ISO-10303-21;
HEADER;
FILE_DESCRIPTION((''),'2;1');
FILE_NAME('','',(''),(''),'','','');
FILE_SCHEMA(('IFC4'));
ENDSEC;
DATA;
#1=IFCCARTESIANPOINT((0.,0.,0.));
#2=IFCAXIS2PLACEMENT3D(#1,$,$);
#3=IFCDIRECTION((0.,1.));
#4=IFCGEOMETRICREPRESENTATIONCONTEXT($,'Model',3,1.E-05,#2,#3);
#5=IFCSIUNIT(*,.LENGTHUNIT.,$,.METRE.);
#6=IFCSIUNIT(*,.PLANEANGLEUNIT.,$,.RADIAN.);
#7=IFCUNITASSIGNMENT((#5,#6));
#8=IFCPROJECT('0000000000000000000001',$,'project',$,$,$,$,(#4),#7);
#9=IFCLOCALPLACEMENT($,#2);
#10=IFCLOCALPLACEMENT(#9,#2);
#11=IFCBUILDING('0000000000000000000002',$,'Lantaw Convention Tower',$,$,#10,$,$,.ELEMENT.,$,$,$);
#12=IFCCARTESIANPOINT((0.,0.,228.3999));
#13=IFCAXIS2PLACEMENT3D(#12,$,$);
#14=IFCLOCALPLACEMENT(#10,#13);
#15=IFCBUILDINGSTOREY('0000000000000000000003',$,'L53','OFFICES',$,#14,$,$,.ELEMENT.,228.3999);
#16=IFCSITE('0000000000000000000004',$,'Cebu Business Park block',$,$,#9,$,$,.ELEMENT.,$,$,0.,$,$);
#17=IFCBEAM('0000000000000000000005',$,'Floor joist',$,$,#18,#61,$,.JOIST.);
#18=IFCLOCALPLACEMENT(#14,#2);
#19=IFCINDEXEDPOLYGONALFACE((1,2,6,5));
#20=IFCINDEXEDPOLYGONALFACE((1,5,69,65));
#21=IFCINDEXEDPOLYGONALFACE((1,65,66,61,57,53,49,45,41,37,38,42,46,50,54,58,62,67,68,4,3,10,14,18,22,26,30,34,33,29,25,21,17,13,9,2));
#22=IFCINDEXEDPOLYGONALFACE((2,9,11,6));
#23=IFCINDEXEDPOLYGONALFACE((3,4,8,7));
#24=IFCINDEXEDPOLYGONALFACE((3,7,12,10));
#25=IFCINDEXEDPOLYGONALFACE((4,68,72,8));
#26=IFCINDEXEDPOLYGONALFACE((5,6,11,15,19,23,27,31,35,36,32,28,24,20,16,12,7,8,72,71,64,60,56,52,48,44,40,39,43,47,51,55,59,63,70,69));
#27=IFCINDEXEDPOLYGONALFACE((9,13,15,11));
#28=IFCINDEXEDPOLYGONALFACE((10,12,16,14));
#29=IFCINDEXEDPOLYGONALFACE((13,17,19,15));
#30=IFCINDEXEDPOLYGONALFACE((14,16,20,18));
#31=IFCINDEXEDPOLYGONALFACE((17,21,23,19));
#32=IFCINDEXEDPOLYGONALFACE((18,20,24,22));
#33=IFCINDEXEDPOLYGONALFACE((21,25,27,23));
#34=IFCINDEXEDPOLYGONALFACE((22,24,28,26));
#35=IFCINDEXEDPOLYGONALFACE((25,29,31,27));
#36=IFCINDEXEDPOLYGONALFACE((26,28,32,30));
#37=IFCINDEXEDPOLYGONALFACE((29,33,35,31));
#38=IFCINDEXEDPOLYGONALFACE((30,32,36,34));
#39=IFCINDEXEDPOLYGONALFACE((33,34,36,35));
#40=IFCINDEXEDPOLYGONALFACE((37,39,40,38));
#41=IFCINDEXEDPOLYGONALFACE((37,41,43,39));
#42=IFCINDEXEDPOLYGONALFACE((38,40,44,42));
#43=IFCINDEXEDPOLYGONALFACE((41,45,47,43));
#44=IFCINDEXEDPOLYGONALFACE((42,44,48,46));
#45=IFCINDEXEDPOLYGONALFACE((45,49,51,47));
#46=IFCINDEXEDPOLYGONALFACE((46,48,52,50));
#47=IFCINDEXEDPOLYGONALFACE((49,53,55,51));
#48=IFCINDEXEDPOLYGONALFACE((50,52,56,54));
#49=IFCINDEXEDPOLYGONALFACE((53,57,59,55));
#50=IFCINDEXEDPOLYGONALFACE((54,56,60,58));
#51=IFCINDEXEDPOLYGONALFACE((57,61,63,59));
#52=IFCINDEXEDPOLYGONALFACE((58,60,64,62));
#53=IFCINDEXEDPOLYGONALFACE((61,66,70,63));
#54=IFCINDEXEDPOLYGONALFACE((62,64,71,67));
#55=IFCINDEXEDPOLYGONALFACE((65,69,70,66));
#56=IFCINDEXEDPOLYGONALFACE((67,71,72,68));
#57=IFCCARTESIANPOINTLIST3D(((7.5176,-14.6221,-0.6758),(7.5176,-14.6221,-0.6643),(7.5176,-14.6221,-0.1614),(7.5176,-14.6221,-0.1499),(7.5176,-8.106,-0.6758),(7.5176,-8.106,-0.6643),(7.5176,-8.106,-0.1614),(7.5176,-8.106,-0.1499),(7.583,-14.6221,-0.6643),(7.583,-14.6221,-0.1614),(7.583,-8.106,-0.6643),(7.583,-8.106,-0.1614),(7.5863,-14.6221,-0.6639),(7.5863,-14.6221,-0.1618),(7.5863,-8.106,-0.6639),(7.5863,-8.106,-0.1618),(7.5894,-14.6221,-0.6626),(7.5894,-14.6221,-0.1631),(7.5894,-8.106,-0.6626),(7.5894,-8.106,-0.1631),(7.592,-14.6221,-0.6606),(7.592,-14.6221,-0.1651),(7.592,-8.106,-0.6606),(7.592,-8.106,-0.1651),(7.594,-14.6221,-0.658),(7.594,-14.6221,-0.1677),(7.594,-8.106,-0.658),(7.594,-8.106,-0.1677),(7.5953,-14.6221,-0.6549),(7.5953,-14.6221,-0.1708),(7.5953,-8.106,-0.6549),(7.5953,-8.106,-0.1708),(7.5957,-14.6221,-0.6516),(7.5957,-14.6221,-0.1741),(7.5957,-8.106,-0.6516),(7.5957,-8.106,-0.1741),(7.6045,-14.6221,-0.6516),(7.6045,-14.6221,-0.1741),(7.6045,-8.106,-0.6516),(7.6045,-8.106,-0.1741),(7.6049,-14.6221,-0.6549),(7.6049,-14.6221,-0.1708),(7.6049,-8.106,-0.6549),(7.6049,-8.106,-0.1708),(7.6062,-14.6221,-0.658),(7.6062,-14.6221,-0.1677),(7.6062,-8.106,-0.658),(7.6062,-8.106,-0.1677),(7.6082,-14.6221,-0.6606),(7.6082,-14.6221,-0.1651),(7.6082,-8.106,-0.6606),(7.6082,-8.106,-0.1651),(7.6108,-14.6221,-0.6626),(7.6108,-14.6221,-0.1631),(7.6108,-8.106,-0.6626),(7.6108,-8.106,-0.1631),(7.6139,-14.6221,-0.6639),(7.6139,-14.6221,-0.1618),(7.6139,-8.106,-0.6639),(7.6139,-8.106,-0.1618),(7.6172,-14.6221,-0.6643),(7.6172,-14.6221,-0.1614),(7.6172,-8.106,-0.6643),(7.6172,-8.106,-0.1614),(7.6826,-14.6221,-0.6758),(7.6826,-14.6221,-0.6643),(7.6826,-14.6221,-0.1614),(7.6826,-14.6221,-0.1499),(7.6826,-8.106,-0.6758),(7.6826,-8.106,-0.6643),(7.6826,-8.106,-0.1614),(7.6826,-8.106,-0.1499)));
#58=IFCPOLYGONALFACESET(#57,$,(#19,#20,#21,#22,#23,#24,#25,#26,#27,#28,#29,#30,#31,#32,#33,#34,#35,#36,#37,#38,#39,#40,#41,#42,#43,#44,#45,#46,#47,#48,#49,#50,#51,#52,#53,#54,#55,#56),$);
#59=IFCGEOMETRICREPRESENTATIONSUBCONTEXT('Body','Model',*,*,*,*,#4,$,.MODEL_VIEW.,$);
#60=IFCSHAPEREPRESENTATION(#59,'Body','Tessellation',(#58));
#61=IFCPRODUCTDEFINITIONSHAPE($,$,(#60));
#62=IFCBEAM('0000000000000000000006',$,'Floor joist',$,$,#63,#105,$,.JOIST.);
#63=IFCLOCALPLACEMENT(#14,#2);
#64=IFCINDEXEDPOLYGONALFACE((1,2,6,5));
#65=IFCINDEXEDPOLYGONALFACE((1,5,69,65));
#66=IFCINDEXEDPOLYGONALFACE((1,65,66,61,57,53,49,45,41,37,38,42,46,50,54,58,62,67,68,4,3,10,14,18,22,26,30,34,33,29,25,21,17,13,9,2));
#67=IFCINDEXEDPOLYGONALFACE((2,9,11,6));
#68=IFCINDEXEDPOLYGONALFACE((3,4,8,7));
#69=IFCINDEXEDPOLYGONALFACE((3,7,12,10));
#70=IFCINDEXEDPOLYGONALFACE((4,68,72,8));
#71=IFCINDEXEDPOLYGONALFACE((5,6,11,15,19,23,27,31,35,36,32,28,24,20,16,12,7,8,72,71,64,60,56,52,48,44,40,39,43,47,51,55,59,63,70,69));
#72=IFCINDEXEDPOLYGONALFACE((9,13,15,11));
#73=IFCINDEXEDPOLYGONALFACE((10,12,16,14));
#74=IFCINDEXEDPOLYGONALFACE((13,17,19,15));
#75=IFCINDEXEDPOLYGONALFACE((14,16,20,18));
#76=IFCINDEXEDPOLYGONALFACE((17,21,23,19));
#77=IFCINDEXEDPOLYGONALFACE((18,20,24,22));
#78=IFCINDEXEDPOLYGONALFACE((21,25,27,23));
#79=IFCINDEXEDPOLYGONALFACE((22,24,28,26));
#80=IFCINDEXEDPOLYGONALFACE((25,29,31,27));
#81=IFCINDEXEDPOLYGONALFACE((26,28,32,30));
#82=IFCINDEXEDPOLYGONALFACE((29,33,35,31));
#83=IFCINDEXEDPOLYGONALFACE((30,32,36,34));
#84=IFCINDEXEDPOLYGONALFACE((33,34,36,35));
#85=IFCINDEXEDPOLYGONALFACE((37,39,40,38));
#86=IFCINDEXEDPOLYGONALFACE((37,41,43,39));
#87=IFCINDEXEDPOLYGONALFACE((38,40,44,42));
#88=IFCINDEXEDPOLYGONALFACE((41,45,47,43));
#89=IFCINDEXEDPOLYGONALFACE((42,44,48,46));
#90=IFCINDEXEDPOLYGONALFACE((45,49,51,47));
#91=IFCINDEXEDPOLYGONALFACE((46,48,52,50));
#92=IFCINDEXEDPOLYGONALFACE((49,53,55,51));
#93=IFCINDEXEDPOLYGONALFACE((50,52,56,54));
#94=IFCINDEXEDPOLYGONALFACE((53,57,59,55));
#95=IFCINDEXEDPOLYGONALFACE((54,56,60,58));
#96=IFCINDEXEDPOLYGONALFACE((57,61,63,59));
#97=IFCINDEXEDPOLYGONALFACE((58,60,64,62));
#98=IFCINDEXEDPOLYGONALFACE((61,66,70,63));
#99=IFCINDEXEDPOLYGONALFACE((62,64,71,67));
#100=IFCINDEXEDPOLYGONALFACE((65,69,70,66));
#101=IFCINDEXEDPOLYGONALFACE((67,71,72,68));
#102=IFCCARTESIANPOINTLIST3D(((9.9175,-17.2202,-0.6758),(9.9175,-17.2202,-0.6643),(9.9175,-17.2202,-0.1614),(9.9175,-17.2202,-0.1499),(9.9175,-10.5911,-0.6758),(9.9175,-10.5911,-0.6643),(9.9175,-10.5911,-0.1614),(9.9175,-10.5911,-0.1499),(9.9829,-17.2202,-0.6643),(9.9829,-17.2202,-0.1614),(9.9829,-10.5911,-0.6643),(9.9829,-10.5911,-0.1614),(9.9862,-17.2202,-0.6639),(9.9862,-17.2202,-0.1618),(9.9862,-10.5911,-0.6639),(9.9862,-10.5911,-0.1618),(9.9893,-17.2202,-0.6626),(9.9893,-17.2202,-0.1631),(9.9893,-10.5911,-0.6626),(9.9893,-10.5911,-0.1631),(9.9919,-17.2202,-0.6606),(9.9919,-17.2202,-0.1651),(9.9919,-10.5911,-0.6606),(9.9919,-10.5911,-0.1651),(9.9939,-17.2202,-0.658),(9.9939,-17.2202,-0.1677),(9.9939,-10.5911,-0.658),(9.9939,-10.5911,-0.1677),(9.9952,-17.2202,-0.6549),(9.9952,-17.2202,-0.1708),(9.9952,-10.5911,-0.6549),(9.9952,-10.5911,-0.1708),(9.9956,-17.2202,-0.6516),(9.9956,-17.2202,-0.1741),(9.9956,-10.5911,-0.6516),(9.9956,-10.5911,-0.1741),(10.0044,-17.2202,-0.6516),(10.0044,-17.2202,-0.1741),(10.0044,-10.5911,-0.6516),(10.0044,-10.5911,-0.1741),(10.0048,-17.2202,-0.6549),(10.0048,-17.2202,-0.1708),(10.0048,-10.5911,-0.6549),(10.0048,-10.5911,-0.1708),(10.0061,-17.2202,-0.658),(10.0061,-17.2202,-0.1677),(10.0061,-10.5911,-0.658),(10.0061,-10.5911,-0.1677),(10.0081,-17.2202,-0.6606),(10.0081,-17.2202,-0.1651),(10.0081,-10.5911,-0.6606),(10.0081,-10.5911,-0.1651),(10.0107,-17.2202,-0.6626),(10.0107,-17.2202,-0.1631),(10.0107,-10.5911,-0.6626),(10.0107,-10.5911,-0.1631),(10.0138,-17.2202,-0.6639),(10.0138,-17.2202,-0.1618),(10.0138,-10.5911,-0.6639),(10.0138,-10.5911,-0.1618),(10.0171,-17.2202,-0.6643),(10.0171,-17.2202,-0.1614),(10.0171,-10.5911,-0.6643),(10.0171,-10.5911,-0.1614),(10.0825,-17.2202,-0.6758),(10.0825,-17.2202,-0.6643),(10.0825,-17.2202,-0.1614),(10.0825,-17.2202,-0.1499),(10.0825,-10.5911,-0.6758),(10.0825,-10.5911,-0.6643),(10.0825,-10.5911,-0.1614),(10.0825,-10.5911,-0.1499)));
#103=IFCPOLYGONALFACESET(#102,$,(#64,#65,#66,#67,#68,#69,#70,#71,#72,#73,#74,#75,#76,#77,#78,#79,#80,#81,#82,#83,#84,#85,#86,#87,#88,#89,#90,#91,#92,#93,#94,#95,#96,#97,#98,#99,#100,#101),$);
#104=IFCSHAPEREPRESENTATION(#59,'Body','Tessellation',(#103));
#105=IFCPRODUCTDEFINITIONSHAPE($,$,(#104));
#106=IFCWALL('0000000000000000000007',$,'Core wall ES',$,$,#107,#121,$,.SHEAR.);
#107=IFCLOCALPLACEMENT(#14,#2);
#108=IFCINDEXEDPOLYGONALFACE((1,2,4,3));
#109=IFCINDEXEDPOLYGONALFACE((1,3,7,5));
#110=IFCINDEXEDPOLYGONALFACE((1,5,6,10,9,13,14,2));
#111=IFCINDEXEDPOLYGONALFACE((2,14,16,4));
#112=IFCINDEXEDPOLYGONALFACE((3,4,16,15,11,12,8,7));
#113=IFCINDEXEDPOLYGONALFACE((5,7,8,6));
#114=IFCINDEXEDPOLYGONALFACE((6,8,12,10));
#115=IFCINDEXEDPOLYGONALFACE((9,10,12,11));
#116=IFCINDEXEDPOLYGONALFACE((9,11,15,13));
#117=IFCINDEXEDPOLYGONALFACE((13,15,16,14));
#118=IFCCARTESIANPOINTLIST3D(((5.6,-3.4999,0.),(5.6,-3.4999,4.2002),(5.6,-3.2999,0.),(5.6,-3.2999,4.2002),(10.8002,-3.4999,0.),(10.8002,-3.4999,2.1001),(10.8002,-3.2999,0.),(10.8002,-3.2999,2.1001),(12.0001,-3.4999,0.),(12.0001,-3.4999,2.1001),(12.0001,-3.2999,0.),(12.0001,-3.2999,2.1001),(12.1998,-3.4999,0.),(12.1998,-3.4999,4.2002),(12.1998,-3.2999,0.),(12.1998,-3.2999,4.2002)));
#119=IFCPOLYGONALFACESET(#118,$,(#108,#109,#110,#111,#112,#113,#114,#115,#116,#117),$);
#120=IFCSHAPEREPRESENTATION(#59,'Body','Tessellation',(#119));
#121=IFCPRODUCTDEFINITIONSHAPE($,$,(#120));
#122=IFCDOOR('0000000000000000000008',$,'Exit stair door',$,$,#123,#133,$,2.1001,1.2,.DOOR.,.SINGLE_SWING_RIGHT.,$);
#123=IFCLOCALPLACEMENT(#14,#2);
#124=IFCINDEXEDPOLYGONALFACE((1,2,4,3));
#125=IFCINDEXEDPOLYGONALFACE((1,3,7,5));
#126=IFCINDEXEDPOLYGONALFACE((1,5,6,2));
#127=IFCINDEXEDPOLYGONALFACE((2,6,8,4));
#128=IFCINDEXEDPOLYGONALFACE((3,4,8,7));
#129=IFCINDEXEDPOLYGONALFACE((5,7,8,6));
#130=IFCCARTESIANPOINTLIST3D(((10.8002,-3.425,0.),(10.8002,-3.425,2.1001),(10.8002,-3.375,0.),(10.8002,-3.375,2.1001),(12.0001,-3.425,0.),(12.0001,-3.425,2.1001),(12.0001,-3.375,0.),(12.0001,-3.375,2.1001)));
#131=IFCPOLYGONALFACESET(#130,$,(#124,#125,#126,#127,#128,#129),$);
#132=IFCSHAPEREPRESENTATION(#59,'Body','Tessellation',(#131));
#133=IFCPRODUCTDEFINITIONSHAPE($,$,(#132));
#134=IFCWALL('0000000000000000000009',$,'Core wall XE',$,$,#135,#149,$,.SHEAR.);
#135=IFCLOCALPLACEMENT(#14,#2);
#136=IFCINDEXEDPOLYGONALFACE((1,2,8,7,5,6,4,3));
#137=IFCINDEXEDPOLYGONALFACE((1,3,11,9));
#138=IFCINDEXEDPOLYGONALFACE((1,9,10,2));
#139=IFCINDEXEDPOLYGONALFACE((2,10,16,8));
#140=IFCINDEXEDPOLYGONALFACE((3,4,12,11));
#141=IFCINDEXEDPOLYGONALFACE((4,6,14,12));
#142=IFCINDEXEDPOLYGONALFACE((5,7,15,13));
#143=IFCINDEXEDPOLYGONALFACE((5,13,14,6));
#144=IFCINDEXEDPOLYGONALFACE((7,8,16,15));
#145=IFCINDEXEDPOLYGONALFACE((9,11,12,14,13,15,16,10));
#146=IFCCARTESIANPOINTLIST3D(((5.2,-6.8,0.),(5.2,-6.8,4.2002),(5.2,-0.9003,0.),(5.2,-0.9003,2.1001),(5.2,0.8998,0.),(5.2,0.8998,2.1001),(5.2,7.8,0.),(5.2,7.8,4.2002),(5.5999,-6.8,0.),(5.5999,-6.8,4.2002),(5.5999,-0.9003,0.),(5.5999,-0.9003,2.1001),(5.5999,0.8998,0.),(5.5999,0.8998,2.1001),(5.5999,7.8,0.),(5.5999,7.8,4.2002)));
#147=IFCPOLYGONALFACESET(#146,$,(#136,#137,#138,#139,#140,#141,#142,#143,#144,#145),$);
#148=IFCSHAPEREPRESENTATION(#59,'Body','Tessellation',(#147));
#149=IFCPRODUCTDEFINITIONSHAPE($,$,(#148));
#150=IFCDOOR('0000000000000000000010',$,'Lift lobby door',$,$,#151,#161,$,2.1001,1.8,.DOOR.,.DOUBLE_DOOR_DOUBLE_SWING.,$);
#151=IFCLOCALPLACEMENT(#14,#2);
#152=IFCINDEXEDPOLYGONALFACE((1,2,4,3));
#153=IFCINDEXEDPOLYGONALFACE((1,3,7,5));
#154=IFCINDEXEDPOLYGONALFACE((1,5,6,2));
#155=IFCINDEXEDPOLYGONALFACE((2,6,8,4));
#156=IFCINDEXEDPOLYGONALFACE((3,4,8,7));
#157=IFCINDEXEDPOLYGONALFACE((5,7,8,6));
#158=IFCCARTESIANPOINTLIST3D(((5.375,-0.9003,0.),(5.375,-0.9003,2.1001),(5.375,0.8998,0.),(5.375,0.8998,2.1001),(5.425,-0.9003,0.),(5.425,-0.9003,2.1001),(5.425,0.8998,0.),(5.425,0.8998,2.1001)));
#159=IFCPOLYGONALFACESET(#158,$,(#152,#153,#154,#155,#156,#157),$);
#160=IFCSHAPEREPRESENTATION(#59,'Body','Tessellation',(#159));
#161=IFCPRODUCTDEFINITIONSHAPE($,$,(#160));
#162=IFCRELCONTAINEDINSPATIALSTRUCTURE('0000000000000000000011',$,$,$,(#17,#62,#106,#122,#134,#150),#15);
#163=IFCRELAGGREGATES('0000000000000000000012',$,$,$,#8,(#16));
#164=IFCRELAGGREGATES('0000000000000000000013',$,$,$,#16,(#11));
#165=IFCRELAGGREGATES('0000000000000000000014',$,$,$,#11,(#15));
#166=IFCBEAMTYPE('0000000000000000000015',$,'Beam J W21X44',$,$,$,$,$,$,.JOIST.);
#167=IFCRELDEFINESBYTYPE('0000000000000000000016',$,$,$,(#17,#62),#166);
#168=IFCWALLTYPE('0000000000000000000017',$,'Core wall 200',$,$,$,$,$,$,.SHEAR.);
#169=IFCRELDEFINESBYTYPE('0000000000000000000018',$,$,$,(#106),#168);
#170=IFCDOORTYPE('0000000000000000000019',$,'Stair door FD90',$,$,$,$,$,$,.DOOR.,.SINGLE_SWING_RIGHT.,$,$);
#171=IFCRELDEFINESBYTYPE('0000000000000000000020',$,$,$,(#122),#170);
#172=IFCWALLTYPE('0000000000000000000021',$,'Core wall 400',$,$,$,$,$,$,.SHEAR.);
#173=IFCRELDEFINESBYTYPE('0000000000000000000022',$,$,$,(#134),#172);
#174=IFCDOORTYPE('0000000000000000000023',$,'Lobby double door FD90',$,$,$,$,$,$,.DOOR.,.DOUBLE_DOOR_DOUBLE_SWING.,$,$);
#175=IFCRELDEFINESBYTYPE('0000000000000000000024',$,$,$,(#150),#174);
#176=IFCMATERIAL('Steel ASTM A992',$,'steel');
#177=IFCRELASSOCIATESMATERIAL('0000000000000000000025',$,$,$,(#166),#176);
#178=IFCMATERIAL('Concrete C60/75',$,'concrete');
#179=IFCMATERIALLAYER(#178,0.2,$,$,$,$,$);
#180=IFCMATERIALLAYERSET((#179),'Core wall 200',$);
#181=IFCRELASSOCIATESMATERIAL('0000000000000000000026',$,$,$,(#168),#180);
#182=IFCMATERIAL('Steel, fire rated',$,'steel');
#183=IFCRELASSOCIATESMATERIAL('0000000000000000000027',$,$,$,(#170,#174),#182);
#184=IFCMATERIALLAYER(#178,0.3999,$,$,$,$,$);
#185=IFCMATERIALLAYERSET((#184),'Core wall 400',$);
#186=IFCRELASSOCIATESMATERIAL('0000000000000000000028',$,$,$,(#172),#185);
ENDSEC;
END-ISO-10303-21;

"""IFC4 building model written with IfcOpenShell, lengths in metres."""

from ifc_helpers import new_model, si_unit, direction, frame, frame_2d, origin, origin_2d, place, context, subcontext, project, spatial, rectangle, i_section, extrude, material, layer, layer_set, material_profile, profile_set, type_object, element, fill, save


model = new_model("IFC4")

# Units and contexts
model_context = context("Model", 3, precision=1e-05, world=origin(), true_north=direction((0.0, 1.0)))
body_context = subcontext(model_context, "Body", "Model", "MODEL_VIEW")
ifc_project = project(units=[si_unit("LENGTHUNIT", "METRE"), si_unit("PLANEANGLEUNIT", "RADIAN")], contexts=[model_context])

# Site, building, storey
site_placement = place(None, origin())
site = spatial("IfcSite", under=ifc_project, at=site_placement, Name="Cebu Business Park block", CompositionType="ELEMENT", RefElevation=0.0)
building_placement = place(site_placement, origin())
building = spatial("IfcBuilding", under=site, at=building_placement, Name="Lantaw Convention Tower", CompositionType="ELEMENT")
storey_placement = place(building_placement, frame((0.0, 0.0, 228.3999)))
storey = spatial("IfcBuildingStorey", under=building, at=storey_placement, Name="L53", Description="OFFICES", CompositionType="ELEMENT", Elevation=228.3999)

# Beams
ifc_material_1 = material(Name="Steel ASTM A992", Category="steel")
ifc_material_profile_1 = material_profile(ifc_material_1, i_section(OverallWidth=0.165, OverallDepth=0.5259, WebThickness=0.0088, FlangeThickness=0.0115, FilletRadius=0.0127, at=origin_2d()), Name="W21X44")
ifc_profile_set_1 = profile_set([ifc_material_profile_1], Name="Steel ASTM A992")
beam_type_1 = type_object("IfcBeamType", Name="Beam J W21X44", PredefinedType="JOIST", material=ifc_profile_set_1)
beam_1_placement = place(storey_placement, frame((7.6001, -14.6221, -0.4128), z_axis=(0.0, 1.0, 0.0), x_axis=(-1.0, 0.0, 0.0)))
element("IfcBeam", 1, at=beam_1_placement, inside=storey, type_object=beam_type_1, Name="Floor joist", PredefinedType="JOIST", context=body_context, shape_type="SweptSolid", body=[
    extrude(i_section(OverallWidth=0.165, OverallDepth=0.5259, WebThickness=0.0088, FlangeThickness=0.0115, FilletRadius=0.0127, at=origin_2d()), origin(), (0.0, 0.0, 1.0), 6.5161),
])
beam_2_placement = place(storey_placement, frame((10.0, -17.2202, -0.4128), z_axis=(0.0, 1.0, 0.0), x_axis=(-1.0, 0.0, 0.0)))
element("IfcBeam", 2, at=beam_2_placement, inside=storey, type_object=beam_type_1, Name="Floor joist", PredefinedType="JOIST", context=body_context, shape_type="SweptSolid", body=[
    extrude(i_section(OverallWidth=0.165, OverallDepth=0.5259, WebThickness=0.0088, FlangeThickness=0.0115, FilletRadius=0.0127, at=origin_2d()), origin(), (0.0, 0.0, 1.0), 6.6292),
])

# Walls, openings, doors
ifc_material_2 = material(Name="Concrete C60/75", Category="concrete")
ifc_layer_1 = layer(ifc_material_2, 0.2)
ifc_layer_set_1 = layer_set([ifc_layer_1], Name="Core wall 200")
wall_type_1 = type_object("IfcWallType", Name="Core wall 200", PredefinedType="SHEAR", material=ifc_layer_set_1)
wall_1_placement = place(storey_placement, frame((5.6001, -3.3999, 0.0), z_axis=(0.0, 0.0, 1.0), x_axis=(1.0, 0.0, 0.0)))
wall_1 = element("IfcWall", 3, at=wall_1_placement, inside=storey, type_object=wall_type_1, Name="Core wall ES", PredefinedType="SHEAR", context=body_context, shape_type="SweptSolid", body=[
    extrude(rectangle(XDim=6.5999, YDim=0.2, at=frame_2d((3.2998, 0.0))), origin(), (0.0, 0.0, 1.0), 4.2002),
])
opening_1_placement = place(wall_1_placement, frame((5.2, 0.0, 0.0)))
opening_1 = element("IfcOpeningElement", 4, at=opening_1_placement, cuts=wall_1, PredefinedType="OPENING", context=body_context, shape_type="SweptSolid", body=[
    extrude(rectangle(XDim=1.2, YDim=2.1001, at=frame_2d((0.6001, 1.05))), frame((0.0, 0.1099, 0.0), z_axis=(0.0, -1.0, 0.0), x_axis=(1.0, 0.0, 0.0)), (0.0, 0.0, 1.0), 0.22),
])
ifc_material_3 = material(Name="Steel, fire rated", Category="steel")
door_type_1 = type_object("IfcDoorType", Name="Stair door FD90", OperationType="SINGLE_SWING_RIGHT", PredefinedType="DOOR", material=ifc_material_3)
door_1_placement = place(opening_1_placement, origin())
door_1 = element("IfcDoor", 5, at=door_1_placement, inside=storey, type_object=door_type_1, Name="Exit stair door", OperationType="SINGLE_SWING_RIGHT", OverallHeight=2.1001, OverallWidth=1.2, PredefinedType="DOOR", context=body_context, shape_type="SweptSolid", body=[
    extrude(rectangle(XDim=1.2, YDim=2.1001, at=frame_2d((0.6001, 1.05))), frame((0.0, 0.0249, 0.0), z_axis=(0.0, -1.0, 0.0), x_axis=(1.0, 0.0, 0.0)), (0.0, 0.0, 1.0), 0.05),
])
fill(opening_1, door_1)
ifc_layer_2 = layer(ifc_material_2, 0.3999)
ifc_layer_set_2 = layer_set([ifc_layer_2], Name="Core wall 400")
wall_type_2 = type_object("IfcWallType", Name="Core wall 400", PredefinedType="SHEAR", material=ifc_layer_set_2)
wall_2_placement = place(storey_placement, frame((5.3999, -6.8, 0.0), z_axis=(0.0, 0.0, 1.0), x_axis=(0.0, 1.0, 0.0)))
wall_2 = element("IfcWall", 6, at=wall_2_placement, inside=storey, type_object=wall_type_2, Name="Core wall XE", PredefinedType="SHEAR", context=body_context, shape_type="SweptSolid", body=[
    extrude(rectangle(XDim=14.6001, YDim=0.3999, at=frame_2d((7.3, 0.0))), origin(), (0.0, 0.0, 1.0), 4.2002),
])
opening_2_placement = place(wall_2_placement, frame((5.8999, 0.0, 0.0)))
opening_2 = element("IfcOpeningElement", 7, at=opening_2_placement, cuts=wall_2, PredefinedType="OPENING", context=body_context, shape_type="SweptSolid", body=[
    extrude(rectangle(XDim=1.8, YDim=2.1001, at=frame_2d((0.8999, 1.05))), frame((0.0, 0.21, 0.0), z_axis=(0.0, -1.0, 0.0), x_axis=(1.0, 0.0, 0.0)), (0.0, 0.0, 1.0), 0.4199),
])
door_type_2 = type_object("IfcDoorType", Name="Lobby double door FD90", OperationType="DOUBLE_DOOR_DOUBLE_SWING", PredefinedType="DOOR", material=ifc_material_3)
door_2_placement = place(opening_2_placement, origin())
door_2 = element("IfcDoor", 8, at=door_2_placement, inside=storey, type_object=door_type_2, Name="Lift lobby door", OperationType="DOUBLE_DOOR_DOUBLE_SWING", OverallHeight=2.1001, OverallWidth=1.8, PredefinedType="DOOR", context=body_context, shape_type="SweptSolid", body=[
    extrude(rectangle(XDim=1.8, YDim=2.1001, at=frame_2d((0.8999, 1.05))), frame((0.0, 0.0249, 0.0), z_axis=(0.0, -1.0, 0.0), x_axis=(1.0, 0.0, 0.0)), (0.0, 0.0, 1.0), 0.05),
])
fill(opening_2, door_2)

save(model, "model.ifc")
